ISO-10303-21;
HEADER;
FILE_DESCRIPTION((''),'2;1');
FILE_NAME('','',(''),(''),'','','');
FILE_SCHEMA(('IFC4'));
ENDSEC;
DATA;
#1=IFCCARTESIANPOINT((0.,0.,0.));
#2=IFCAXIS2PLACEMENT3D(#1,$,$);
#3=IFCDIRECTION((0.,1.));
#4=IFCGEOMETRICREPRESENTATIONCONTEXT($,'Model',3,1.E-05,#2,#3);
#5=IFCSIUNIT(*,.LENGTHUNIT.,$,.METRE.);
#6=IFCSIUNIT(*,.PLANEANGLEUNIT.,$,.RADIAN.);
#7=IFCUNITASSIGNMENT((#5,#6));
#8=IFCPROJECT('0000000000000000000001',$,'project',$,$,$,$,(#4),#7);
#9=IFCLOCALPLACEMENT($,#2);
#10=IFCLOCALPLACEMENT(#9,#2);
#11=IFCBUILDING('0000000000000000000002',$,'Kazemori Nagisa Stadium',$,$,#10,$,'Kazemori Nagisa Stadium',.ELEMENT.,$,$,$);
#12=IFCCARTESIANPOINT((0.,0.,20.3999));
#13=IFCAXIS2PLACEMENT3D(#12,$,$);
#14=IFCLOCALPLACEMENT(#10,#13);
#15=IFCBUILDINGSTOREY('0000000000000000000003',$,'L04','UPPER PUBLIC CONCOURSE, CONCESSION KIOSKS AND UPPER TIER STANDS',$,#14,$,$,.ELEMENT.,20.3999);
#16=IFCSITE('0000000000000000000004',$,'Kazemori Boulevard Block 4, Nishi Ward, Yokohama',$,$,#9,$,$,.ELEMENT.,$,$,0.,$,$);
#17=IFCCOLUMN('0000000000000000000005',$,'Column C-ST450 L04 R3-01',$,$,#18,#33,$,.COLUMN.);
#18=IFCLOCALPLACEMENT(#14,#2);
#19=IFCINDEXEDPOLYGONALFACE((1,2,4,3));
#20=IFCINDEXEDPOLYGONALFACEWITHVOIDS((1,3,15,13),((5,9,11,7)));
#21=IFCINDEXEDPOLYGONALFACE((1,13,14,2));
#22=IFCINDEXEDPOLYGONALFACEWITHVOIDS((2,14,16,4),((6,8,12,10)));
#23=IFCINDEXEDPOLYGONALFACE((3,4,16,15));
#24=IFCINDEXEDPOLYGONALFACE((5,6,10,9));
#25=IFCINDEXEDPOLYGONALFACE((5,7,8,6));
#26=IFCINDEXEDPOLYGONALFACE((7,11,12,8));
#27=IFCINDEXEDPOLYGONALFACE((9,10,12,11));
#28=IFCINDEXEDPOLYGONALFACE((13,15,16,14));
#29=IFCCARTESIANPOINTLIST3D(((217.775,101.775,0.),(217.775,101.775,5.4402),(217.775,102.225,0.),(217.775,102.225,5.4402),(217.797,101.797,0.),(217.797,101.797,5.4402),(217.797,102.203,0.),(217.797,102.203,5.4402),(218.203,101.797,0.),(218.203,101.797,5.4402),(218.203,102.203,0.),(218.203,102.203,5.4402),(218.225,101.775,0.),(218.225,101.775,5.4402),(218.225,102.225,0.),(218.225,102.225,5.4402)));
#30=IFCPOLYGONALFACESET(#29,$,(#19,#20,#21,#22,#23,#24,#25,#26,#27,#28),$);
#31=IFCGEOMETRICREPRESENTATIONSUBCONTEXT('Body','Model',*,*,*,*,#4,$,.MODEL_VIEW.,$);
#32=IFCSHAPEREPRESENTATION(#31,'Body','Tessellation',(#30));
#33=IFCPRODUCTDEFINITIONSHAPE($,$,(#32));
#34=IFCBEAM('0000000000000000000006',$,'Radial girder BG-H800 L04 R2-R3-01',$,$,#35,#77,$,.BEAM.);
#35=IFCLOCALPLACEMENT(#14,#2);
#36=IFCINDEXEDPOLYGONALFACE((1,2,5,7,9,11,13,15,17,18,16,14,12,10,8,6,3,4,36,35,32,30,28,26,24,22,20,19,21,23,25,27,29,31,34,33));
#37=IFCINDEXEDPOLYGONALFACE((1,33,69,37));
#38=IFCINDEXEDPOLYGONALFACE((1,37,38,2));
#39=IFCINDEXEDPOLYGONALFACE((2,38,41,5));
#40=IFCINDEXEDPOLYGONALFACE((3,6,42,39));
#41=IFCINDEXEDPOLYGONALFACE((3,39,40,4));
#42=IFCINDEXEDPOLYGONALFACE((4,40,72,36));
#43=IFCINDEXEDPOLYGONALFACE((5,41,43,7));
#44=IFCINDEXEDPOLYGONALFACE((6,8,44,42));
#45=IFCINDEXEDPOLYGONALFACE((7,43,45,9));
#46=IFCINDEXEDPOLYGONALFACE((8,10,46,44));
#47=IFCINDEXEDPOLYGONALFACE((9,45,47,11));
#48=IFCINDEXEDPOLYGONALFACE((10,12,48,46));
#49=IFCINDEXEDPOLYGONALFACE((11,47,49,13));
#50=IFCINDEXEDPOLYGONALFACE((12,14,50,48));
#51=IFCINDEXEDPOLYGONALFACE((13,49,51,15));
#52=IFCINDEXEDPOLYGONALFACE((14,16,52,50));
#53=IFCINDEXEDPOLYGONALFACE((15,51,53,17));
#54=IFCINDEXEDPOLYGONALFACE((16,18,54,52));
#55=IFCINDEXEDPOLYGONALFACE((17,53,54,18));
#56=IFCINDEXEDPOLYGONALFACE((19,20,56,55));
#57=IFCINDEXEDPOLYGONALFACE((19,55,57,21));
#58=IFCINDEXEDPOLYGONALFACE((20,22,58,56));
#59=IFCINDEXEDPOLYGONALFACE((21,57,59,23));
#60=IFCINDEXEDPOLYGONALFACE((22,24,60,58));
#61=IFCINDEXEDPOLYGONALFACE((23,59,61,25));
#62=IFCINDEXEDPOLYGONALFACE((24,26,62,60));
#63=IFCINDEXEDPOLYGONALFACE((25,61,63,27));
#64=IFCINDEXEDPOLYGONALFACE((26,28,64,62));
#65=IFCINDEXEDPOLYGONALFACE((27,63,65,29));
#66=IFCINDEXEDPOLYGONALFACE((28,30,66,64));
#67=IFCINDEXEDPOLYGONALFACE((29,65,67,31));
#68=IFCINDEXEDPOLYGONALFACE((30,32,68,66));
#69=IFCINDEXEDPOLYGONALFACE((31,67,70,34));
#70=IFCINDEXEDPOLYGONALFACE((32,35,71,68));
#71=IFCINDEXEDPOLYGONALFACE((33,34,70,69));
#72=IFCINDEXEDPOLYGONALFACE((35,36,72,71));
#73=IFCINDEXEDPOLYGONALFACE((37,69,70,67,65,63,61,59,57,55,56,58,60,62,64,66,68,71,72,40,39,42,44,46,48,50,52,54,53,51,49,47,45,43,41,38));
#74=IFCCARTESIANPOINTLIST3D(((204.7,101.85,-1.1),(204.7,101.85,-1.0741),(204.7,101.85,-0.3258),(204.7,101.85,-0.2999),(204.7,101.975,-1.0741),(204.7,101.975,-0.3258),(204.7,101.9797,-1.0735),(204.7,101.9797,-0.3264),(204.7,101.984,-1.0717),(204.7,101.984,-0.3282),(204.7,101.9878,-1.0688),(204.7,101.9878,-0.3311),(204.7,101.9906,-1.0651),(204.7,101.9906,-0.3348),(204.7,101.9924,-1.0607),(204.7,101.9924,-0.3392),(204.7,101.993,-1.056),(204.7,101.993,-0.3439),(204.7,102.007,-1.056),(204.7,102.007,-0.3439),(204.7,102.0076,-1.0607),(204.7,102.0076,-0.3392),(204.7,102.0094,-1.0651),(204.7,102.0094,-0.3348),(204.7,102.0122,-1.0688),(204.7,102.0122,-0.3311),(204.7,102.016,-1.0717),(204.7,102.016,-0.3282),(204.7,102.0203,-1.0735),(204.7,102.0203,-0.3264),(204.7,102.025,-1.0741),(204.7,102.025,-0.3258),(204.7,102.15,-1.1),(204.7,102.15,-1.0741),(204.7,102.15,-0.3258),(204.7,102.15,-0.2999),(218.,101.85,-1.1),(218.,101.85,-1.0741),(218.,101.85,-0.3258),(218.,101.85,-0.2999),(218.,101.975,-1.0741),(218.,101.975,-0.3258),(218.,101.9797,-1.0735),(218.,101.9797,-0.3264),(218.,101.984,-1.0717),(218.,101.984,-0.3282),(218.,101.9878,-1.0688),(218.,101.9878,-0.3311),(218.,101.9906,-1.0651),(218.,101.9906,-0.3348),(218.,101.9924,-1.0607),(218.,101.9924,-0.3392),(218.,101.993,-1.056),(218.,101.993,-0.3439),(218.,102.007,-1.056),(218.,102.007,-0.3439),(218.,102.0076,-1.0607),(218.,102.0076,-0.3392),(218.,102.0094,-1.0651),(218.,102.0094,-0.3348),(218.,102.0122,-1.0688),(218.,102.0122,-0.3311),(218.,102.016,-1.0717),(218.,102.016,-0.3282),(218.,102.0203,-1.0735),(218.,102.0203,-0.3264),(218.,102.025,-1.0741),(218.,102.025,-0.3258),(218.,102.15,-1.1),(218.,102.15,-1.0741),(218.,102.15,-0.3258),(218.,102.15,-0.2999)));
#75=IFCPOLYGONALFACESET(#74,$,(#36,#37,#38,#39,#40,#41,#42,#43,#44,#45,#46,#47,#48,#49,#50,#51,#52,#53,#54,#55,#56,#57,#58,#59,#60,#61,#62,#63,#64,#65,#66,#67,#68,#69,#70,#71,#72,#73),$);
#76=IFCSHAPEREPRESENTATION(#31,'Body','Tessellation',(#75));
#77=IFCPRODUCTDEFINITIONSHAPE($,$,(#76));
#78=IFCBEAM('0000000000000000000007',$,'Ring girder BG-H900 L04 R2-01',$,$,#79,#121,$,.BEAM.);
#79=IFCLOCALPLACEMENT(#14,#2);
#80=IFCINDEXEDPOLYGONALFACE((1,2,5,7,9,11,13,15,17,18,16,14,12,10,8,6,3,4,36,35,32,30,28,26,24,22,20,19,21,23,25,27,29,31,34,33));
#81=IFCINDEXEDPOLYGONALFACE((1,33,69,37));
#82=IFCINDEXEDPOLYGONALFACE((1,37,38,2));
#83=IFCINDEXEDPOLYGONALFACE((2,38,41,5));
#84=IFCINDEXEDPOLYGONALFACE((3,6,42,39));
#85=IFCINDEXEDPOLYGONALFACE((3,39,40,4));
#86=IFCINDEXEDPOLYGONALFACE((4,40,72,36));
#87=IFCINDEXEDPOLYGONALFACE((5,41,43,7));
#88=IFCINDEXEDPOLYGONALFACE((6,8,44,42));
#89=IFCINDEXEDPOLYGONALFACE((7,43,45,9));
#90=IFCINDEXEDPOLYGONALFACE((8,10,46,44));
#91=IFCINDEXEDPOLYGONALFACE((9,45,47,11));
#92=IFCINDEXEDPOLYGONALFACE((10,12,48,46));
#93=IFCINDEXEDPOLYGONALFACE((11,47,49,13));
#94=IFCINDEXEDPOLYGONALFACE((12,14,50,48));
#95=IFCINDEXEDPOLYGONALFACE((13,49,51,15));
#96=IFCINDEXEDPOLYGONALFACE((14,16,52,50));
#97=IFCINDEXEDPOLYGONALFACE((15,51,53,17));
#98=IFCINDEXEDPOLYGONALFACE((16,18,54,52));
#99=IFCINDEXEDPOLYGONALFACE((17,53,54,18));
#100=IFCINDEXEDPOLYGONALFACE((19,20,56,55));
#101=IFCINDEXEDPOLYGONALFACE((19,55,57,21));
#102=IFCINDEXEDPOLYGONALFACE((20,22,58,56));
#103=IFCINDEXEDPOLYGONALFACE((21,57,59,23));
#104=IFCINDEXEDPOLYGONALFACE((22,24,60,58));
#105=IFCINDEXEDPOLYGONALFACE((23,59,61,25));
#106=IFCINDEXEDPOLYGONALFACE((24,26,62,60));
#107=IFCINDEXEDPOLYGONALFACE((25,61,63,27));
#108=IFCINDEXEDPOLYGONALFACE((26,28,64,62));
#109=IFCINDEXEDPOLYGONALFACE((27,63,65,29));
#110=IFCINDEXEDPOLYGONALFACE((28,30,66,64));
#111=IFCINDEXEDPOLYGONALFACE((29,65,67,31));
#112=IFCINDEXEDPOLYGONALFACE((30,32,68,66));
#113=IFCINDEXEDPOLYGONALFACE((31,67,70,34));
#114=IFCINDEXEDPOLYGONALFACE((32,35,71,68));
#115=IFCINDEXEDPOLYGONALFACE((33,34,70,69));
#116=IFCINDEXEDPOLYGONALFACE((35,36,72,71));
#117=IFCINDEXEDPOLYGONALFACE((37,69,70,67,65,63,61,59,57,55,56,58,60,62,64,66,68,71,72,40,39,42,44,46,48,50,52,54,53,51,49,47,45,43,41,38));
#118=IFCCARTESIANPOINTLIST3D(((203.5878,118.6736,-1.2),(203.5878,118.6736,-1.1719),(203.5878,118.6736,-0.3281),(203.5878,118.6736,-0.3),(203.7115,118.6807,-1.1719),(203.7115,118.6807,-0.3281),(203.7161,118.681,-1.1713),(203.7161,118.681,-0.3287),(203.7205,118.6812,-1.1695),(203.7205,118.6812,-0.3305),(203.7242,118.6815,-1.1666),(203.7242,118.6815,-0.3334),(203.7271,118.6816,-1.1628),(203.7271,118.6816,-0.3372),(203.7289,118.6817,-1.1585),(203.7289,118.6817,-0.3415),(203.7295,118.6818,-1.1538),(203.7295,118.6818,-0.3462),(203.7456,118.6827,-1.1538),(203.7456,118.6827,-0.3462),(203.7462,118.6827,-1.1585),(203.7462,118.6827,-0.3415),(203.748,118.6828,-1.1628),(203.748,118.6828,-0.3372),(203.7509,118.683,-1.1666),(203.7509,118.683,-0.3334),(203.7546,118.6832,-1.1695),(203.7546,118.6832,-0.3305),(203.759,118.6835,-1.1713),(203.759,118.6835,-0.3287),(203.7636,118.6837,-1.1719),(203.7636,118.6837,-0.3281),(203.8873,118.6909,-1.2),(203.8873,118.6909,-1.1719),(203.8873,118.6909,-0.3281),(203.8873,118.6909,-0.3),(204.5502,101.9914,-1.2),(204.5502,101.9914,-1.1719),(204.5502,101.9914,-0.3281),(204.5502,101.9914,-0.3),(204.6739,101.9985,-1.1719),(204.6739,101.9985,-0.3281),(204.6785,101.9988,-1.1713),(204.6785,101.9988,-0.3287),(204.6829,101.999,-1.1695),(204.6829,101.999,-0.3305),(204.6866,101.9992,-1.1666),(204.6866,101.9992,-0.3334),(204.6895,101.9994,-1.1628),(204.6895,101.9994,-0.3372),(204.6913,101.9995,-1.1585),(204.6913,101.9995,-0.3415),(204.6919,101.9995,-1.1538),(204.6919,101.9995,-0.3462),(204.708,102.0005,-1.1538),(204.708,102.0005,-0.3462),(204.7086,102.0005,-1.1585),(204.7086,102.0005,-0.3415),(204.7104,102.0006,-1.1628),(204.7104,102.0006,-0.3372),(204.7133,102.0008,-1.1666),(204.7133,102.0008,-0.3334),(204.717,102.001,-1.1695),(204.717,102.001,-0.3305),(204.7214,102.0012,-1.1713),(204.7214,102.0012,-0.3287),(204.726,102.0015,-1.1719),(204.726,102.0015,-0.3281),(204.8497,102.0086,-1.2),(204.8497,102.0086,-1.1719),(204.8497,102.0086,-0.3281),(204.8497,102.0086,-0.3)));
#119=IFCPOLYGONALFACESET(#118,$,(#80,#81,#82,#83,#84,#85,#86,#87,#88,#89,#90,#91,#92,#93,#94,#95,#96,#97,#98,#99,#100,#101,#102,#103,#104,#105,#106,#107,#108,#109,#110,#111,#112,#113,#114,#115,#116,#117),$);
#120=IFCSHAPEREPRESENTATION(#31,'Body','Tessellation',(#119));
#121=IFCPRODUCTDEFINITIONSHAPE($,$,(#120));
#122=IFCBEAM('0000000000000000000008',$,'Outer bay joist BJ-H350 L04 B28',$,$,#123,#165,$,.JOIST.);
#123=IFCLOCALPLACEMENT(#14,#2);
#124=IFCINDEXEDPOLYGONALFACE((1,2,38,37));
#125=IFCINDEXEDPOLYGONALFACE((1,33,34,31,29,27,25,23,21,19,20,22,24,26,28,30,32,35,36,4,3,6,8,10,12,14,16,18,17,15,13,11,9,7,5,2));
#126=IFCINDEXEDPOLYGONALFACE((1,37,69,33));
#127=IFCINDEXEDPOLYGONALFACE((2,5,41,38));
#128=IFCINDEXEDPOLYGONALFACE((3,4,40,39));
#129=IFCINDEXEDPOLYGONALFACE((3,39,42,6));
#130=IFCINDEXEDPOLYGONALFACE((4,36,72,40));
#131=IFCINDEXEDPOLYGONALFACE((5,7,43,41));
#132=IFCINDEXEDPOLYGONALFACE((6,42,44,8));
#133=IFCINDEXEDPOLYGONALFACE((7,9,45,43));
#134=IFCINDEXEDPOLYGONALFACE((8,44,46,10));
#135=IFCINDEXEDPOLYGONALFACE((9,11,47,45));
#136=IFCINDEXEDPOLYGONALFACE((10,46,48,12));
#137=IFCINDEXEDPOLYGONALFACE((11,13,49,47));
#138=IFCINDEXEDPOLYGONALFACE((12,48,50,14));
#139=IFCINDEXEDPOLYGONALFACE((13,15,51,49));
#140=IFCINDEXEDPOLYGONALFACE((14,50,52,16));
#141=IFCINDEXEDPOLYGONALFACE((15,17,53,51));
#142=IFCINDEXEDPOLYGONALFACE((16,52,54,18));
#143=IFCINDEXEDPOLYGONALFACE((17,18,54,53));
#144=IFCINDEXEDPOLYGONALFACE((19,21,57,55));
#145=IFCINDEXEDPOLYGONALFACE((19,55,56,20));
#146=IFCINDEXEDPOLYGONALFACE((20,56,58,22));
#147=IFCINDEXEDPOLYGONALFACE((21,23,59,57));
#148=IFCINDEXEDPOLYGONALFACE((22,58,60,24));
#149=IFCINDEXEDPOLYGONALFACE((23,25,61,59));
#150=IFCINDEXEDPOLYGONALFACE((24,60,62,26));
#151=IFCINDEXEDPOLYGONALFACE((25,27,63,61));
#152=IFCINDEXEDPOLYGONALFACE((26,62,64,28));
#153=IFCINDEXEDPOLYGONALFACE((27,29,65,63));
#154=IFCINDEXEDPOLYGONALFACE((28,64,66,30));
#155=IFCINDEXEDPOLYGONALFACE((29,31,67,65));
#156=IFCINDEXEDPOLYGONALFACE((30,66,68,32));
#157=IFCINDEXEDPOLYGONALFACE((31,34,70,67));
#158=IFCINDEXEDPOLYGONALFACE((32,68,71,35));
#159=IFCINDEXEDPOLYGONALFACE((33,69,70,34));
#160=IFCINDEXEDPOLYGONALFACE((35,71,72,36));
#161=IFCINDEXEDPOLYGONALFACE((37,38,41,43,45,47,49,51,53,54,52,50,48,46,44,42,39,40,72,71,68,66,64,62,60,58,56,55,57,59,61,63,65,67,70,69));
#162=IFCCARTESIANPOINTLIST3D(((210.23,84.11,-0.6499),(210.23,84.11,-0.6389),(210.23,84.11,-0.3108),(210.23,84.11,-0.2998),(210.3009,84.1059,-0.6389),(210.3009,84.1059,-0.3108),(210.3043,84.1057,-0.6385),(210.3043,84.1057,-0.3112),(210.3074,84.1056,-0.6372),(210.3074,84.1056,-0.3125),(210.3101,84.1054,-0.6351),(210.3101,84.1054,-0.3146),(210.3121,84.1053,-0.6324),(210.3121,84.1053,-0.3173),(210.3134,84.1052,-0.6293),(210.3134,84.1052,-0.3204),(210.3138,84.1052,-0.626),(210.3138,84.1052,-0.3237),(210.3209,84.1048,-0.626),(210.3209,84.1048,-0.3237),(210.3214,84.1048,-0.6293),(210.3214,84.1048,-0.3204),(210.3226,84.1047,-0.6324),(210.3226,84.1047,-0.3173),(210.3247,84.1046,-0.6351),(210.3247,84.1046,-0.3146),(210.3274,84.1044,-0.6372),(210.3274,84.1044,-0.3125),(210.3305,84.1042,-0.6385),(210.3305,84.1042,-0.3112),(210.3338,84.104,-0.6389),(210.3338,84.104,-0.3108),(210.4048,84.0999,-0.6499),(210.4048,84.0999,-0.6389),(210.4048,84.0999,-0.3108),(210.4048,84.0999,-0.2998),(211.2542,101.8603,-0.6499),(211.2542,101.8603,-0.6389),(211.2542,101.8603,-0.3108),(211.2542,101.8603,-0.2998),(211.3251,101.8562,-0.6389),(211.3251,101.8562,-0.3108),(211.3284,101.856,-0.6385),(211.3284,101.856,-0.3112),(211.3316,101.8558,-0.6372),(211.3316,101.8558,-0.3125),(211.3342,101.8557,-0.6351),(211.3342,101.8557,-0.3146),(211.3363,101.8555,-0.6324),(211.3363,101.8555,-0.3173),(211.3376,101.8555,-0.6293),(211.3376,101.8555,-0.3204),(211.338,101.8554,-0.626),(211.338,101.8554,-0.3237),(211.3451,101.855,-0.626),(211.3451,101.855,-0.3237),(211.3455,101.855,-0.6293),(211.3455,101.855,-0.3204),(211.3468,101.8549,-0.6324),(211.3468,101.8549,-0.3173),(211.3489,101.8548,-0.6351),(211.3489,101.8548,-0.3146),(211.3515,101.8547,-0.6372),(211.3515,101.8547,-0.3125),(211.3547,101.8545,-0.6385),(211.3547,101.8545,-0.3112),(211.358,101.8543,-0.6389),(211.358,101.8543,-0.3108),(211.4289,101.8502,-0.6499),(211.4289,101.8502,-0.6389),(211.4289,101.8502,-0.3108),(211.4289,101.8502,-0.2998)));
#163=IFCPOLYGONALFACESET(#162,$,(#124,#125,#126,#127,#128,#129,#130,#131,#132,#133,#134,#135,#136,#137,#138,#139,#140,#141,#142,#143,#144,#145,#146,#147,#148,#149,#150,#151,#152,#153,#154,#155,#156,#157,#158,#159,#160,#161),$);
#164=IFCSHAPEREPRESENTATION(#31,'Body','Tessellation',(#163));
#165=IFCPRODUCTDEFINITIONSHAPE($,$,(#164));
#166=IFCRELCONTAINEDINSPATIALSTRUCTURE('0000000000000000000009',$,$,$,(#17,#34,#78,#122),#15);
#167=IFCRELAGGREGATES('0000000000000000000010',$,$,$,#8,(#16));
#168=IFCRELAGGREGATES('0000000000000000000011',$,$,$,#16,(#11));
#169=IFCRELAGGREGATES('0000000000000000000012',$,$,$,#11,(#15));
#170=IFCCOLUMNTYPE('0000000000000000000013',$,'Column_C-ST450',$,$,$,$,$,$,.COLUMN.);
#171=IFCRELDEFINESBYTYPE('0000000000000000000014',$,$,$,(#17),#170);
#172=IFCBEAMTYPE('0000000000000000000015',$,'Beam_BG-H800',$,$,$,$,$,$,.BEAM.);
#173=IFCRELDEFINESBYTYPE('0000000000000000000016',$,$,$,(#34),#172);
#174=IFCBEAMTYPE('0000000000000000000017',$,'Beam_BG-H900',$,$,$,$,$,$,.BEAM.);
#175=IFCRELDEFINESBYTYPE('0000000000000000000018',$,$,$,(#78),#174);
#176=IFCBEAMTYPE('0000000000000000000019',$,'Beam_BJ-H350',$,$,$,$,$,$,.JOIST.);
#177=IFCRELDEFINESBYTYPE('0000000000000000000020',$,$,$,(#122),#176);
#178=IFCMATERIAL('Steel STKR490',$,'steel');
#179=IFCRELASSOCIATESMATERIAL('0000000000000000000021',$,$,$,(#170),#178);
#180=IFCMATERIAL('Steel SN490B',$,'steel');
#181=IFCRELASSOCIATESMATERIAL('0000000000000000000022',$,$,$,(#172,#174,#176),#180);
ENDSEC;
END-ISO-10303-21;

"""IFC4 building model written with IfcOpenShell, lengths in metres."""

from ifc_helpers import new_model, si_unit, direction, frame, origin, origin_2d, place, context, subcontext, project, spatial, hollow_rectangle, i_section, extrude, material, material_profile, profile_set, type_object, element, save


model = new_model("IFC4")

# Units and contexts
model_context = context("Model", 3, precision=1e-05, world=origin(), true_north=direction((0.0, 1.0)))
body_context = subcontext(model_context, "Body", "Model", "MODEL_VIEW")
ifc_project = project(units=[si_unit("LENGTHUNIT", "METRE"), si_unit("PLANEANGLEUNIT", "RADIAN")], contexts=[model_context])

# Site, building, storey
site_placement = place(None, origin())
site = spatial("IfcSite", under=ifc_project, at=site_placement, Name="Kazemori Boulevard Block 4, Nishi Ward, Yokohama", CompositionType="ELEMENT", RefElevation=0.0)
building_placement = place(site_placement, origin())
building = spatial("IfcBuilding", under=site, at=building_placement, Name="Kazemori Nagisa Stadium", LongName="Kazemori Nagisa Stadium", CompositionType="ELEMENT")
storey_placement = place(building_placement, frame((0.0, 0.0, 20.3999)))
storey = spatial("IfcBuildingStorey", under=building, at=storey_placement, Name="L04", Description="UPPER PUBLIC CONCOURSE, CONCESSION KIOSKS AND UPPER TIER STANDS", CompositionType="ELEMENT", Elevation=20.3999)

# Column
ifc_material_1 = material(Name="Steel STKR490", Category="steel")
ifc_material_profile_1 = material_profile(ifc_material_1, hollow_rectangle(XDim=0.45, YDim=0.45, WallThickness=0.022, at=origin_2d()), Name="SHS-450x450x22")
ifc_profile_set_1 = profile_set([ifc_material_profile_1], Name="Steel STKR490")
column_type = type_object("IfcColumnType", Name="Column_C-ST450", PredefinedType="COLUMN", material=ifc_profile_set_1)
column_placement = place(storey_placement, frame((218.0, 102.0, 0.0), z_axis=(0.0, 0.0, 1.0), x_axis=(1.0, 0.0, 0.0)))
element("IfcColumn", 1, at=column_placement, inside=storey, type_object=column_type, Name="Column C-ST450 L04 R3-01", PredefinedType="COLUMN", context=body_context, shape_type="SweptSolid", body=[
    extrude(hollow_rectangle(XDim=0.45, YDim=0.45, WallThickness=0.022, at=origin_2d()), origin(), (0.0, 0.0, 1.0), 5.4402),
])

# Beams
ifc_material_2 = material(Name="Steel SN490B", Category="steel")
ifc_material_profile_2 = material_profile(ifc_material_2, i_section(OverallWidth=0.3, OverallDepth=0.8, WebThickness=0.0139, FlangeThickness=0.0259, FilletRadius=0.0181, at=origin_2d()), Name="H-800x300x14x26")
ifc_profile_set_2 = profile_set([ifc_material_profile_2], Name="Steel SN490B")
beam_type_1 = type_object("IfcBeamType", Name="Beam_BG-H800", PredefinedType="BEAM", material=ifc_profile_set_2)
beam_1_placement = place(storey_placement, frame((204.7, 102.0, -0.7), z_axis=(1.0, 0.0, 0.0), x_axis=(0.0, 1.0, 0.0)))
element("IfcBeam", 2, at=beam_1_placement, inside=storey, type_object=beam_type_1, Name="Radial girder BG-H800 L04 R2-R3-01", PredefinedType="BEAM", context=body_context, shape_type="SweptSolid", body=[
    extrude(i_section(OverallWidth=0.3, OverallDepth=0.8, WebThickness=0.0139, FlangeThickness=0.0259, FilletRadius=0.0181, at=origin_2d()), origin(), (0.0, 0.0, 1.0), 13.3),
])
ifc_material_profile_3 = material_profile(ifc_material_2, i_section(OverallWidth=0.3, OverallDepth=0.8999, WebThickness=0.0161, FlangeThickness=0.0281, FilletRadius=0.0181, at=origin_2d()), Name="H-900x300x16x28")
ifc_profile_set_3 = profile_set([ifc_material_profile_3], Name="Steel SN490B")
beam_type_2 = type_object("IfcBeamType", Name="Beam_BG-H900", PredefinedType="BEAM", material=ifc_profile_set_3)
beam_2_placement = place(storey_placement, frame((204.7, 102.0, -0.75), z_axis=(-0.057595, 0.99834, 0.0), x_axis=(-0.99834, -0.057595, 0.0)))
element("IfcBeam", 3, at=beam_2_placement, inside=storey, type_object=beam_type_2, Name="Ring girder BG-H900 L04 R2-01", PredefinedType="BEAM", context=body_context, shape_type="SweptSolid", body=[
    extrude(i_section(OverallWidth=0.3, OverallDepth=0.8999, WebThickness=0.0161, FlangeThickness=0.0281, FilletRadius=0.0181, at=origin_2d()), origin(), (0.0, 0.0, 1.0), 16.71),
])
ifc_material_profile_4 = material_profile(ifc_material_2, i_section(OverallWidth=0.175, OverallDepth=0.3501, WebThickness=0.0071, FlangeThickness=0.011, FilletRadius=0.0129, at=origin_2d()), Name="H-350x175x7x11")
ifc_profile_set_4 = profile_set([ifc_material_profile_4], Name="Steel SN490B")
beam_type_3 = type_object("IfcBeamType", Name="Beam_BJ-H350", PredefinedType="JOIST", material=ifc_profile_set_4)
beam_3_placement = place(storey_placement, frame((210.3174, 84.105, -0.4749), z_axis=(0.057603, 0.99834, 0.0), x_axis=(-0.99834, 0.057603, 0.0)))
element("IfcBeam", 4, at=beam_3_placement, inside=storey, type_object=beam_type_3, Name="Outer bay joist BJ-H350 L04 B28", PredefinedType="JOIST", context=body_context, shape_type="SweptSolid", body=[
    extrude(i_section(OverallWidth=0.175, OverallDepth=0.3501, WebThickness=0.0071, FlangeThickness=0.011, FilletRadius=0.0129, at=origin_2d()), origin(), (0.0, 0.0, 1.0), 17.7798),
])

save(model, "model.ifc")
